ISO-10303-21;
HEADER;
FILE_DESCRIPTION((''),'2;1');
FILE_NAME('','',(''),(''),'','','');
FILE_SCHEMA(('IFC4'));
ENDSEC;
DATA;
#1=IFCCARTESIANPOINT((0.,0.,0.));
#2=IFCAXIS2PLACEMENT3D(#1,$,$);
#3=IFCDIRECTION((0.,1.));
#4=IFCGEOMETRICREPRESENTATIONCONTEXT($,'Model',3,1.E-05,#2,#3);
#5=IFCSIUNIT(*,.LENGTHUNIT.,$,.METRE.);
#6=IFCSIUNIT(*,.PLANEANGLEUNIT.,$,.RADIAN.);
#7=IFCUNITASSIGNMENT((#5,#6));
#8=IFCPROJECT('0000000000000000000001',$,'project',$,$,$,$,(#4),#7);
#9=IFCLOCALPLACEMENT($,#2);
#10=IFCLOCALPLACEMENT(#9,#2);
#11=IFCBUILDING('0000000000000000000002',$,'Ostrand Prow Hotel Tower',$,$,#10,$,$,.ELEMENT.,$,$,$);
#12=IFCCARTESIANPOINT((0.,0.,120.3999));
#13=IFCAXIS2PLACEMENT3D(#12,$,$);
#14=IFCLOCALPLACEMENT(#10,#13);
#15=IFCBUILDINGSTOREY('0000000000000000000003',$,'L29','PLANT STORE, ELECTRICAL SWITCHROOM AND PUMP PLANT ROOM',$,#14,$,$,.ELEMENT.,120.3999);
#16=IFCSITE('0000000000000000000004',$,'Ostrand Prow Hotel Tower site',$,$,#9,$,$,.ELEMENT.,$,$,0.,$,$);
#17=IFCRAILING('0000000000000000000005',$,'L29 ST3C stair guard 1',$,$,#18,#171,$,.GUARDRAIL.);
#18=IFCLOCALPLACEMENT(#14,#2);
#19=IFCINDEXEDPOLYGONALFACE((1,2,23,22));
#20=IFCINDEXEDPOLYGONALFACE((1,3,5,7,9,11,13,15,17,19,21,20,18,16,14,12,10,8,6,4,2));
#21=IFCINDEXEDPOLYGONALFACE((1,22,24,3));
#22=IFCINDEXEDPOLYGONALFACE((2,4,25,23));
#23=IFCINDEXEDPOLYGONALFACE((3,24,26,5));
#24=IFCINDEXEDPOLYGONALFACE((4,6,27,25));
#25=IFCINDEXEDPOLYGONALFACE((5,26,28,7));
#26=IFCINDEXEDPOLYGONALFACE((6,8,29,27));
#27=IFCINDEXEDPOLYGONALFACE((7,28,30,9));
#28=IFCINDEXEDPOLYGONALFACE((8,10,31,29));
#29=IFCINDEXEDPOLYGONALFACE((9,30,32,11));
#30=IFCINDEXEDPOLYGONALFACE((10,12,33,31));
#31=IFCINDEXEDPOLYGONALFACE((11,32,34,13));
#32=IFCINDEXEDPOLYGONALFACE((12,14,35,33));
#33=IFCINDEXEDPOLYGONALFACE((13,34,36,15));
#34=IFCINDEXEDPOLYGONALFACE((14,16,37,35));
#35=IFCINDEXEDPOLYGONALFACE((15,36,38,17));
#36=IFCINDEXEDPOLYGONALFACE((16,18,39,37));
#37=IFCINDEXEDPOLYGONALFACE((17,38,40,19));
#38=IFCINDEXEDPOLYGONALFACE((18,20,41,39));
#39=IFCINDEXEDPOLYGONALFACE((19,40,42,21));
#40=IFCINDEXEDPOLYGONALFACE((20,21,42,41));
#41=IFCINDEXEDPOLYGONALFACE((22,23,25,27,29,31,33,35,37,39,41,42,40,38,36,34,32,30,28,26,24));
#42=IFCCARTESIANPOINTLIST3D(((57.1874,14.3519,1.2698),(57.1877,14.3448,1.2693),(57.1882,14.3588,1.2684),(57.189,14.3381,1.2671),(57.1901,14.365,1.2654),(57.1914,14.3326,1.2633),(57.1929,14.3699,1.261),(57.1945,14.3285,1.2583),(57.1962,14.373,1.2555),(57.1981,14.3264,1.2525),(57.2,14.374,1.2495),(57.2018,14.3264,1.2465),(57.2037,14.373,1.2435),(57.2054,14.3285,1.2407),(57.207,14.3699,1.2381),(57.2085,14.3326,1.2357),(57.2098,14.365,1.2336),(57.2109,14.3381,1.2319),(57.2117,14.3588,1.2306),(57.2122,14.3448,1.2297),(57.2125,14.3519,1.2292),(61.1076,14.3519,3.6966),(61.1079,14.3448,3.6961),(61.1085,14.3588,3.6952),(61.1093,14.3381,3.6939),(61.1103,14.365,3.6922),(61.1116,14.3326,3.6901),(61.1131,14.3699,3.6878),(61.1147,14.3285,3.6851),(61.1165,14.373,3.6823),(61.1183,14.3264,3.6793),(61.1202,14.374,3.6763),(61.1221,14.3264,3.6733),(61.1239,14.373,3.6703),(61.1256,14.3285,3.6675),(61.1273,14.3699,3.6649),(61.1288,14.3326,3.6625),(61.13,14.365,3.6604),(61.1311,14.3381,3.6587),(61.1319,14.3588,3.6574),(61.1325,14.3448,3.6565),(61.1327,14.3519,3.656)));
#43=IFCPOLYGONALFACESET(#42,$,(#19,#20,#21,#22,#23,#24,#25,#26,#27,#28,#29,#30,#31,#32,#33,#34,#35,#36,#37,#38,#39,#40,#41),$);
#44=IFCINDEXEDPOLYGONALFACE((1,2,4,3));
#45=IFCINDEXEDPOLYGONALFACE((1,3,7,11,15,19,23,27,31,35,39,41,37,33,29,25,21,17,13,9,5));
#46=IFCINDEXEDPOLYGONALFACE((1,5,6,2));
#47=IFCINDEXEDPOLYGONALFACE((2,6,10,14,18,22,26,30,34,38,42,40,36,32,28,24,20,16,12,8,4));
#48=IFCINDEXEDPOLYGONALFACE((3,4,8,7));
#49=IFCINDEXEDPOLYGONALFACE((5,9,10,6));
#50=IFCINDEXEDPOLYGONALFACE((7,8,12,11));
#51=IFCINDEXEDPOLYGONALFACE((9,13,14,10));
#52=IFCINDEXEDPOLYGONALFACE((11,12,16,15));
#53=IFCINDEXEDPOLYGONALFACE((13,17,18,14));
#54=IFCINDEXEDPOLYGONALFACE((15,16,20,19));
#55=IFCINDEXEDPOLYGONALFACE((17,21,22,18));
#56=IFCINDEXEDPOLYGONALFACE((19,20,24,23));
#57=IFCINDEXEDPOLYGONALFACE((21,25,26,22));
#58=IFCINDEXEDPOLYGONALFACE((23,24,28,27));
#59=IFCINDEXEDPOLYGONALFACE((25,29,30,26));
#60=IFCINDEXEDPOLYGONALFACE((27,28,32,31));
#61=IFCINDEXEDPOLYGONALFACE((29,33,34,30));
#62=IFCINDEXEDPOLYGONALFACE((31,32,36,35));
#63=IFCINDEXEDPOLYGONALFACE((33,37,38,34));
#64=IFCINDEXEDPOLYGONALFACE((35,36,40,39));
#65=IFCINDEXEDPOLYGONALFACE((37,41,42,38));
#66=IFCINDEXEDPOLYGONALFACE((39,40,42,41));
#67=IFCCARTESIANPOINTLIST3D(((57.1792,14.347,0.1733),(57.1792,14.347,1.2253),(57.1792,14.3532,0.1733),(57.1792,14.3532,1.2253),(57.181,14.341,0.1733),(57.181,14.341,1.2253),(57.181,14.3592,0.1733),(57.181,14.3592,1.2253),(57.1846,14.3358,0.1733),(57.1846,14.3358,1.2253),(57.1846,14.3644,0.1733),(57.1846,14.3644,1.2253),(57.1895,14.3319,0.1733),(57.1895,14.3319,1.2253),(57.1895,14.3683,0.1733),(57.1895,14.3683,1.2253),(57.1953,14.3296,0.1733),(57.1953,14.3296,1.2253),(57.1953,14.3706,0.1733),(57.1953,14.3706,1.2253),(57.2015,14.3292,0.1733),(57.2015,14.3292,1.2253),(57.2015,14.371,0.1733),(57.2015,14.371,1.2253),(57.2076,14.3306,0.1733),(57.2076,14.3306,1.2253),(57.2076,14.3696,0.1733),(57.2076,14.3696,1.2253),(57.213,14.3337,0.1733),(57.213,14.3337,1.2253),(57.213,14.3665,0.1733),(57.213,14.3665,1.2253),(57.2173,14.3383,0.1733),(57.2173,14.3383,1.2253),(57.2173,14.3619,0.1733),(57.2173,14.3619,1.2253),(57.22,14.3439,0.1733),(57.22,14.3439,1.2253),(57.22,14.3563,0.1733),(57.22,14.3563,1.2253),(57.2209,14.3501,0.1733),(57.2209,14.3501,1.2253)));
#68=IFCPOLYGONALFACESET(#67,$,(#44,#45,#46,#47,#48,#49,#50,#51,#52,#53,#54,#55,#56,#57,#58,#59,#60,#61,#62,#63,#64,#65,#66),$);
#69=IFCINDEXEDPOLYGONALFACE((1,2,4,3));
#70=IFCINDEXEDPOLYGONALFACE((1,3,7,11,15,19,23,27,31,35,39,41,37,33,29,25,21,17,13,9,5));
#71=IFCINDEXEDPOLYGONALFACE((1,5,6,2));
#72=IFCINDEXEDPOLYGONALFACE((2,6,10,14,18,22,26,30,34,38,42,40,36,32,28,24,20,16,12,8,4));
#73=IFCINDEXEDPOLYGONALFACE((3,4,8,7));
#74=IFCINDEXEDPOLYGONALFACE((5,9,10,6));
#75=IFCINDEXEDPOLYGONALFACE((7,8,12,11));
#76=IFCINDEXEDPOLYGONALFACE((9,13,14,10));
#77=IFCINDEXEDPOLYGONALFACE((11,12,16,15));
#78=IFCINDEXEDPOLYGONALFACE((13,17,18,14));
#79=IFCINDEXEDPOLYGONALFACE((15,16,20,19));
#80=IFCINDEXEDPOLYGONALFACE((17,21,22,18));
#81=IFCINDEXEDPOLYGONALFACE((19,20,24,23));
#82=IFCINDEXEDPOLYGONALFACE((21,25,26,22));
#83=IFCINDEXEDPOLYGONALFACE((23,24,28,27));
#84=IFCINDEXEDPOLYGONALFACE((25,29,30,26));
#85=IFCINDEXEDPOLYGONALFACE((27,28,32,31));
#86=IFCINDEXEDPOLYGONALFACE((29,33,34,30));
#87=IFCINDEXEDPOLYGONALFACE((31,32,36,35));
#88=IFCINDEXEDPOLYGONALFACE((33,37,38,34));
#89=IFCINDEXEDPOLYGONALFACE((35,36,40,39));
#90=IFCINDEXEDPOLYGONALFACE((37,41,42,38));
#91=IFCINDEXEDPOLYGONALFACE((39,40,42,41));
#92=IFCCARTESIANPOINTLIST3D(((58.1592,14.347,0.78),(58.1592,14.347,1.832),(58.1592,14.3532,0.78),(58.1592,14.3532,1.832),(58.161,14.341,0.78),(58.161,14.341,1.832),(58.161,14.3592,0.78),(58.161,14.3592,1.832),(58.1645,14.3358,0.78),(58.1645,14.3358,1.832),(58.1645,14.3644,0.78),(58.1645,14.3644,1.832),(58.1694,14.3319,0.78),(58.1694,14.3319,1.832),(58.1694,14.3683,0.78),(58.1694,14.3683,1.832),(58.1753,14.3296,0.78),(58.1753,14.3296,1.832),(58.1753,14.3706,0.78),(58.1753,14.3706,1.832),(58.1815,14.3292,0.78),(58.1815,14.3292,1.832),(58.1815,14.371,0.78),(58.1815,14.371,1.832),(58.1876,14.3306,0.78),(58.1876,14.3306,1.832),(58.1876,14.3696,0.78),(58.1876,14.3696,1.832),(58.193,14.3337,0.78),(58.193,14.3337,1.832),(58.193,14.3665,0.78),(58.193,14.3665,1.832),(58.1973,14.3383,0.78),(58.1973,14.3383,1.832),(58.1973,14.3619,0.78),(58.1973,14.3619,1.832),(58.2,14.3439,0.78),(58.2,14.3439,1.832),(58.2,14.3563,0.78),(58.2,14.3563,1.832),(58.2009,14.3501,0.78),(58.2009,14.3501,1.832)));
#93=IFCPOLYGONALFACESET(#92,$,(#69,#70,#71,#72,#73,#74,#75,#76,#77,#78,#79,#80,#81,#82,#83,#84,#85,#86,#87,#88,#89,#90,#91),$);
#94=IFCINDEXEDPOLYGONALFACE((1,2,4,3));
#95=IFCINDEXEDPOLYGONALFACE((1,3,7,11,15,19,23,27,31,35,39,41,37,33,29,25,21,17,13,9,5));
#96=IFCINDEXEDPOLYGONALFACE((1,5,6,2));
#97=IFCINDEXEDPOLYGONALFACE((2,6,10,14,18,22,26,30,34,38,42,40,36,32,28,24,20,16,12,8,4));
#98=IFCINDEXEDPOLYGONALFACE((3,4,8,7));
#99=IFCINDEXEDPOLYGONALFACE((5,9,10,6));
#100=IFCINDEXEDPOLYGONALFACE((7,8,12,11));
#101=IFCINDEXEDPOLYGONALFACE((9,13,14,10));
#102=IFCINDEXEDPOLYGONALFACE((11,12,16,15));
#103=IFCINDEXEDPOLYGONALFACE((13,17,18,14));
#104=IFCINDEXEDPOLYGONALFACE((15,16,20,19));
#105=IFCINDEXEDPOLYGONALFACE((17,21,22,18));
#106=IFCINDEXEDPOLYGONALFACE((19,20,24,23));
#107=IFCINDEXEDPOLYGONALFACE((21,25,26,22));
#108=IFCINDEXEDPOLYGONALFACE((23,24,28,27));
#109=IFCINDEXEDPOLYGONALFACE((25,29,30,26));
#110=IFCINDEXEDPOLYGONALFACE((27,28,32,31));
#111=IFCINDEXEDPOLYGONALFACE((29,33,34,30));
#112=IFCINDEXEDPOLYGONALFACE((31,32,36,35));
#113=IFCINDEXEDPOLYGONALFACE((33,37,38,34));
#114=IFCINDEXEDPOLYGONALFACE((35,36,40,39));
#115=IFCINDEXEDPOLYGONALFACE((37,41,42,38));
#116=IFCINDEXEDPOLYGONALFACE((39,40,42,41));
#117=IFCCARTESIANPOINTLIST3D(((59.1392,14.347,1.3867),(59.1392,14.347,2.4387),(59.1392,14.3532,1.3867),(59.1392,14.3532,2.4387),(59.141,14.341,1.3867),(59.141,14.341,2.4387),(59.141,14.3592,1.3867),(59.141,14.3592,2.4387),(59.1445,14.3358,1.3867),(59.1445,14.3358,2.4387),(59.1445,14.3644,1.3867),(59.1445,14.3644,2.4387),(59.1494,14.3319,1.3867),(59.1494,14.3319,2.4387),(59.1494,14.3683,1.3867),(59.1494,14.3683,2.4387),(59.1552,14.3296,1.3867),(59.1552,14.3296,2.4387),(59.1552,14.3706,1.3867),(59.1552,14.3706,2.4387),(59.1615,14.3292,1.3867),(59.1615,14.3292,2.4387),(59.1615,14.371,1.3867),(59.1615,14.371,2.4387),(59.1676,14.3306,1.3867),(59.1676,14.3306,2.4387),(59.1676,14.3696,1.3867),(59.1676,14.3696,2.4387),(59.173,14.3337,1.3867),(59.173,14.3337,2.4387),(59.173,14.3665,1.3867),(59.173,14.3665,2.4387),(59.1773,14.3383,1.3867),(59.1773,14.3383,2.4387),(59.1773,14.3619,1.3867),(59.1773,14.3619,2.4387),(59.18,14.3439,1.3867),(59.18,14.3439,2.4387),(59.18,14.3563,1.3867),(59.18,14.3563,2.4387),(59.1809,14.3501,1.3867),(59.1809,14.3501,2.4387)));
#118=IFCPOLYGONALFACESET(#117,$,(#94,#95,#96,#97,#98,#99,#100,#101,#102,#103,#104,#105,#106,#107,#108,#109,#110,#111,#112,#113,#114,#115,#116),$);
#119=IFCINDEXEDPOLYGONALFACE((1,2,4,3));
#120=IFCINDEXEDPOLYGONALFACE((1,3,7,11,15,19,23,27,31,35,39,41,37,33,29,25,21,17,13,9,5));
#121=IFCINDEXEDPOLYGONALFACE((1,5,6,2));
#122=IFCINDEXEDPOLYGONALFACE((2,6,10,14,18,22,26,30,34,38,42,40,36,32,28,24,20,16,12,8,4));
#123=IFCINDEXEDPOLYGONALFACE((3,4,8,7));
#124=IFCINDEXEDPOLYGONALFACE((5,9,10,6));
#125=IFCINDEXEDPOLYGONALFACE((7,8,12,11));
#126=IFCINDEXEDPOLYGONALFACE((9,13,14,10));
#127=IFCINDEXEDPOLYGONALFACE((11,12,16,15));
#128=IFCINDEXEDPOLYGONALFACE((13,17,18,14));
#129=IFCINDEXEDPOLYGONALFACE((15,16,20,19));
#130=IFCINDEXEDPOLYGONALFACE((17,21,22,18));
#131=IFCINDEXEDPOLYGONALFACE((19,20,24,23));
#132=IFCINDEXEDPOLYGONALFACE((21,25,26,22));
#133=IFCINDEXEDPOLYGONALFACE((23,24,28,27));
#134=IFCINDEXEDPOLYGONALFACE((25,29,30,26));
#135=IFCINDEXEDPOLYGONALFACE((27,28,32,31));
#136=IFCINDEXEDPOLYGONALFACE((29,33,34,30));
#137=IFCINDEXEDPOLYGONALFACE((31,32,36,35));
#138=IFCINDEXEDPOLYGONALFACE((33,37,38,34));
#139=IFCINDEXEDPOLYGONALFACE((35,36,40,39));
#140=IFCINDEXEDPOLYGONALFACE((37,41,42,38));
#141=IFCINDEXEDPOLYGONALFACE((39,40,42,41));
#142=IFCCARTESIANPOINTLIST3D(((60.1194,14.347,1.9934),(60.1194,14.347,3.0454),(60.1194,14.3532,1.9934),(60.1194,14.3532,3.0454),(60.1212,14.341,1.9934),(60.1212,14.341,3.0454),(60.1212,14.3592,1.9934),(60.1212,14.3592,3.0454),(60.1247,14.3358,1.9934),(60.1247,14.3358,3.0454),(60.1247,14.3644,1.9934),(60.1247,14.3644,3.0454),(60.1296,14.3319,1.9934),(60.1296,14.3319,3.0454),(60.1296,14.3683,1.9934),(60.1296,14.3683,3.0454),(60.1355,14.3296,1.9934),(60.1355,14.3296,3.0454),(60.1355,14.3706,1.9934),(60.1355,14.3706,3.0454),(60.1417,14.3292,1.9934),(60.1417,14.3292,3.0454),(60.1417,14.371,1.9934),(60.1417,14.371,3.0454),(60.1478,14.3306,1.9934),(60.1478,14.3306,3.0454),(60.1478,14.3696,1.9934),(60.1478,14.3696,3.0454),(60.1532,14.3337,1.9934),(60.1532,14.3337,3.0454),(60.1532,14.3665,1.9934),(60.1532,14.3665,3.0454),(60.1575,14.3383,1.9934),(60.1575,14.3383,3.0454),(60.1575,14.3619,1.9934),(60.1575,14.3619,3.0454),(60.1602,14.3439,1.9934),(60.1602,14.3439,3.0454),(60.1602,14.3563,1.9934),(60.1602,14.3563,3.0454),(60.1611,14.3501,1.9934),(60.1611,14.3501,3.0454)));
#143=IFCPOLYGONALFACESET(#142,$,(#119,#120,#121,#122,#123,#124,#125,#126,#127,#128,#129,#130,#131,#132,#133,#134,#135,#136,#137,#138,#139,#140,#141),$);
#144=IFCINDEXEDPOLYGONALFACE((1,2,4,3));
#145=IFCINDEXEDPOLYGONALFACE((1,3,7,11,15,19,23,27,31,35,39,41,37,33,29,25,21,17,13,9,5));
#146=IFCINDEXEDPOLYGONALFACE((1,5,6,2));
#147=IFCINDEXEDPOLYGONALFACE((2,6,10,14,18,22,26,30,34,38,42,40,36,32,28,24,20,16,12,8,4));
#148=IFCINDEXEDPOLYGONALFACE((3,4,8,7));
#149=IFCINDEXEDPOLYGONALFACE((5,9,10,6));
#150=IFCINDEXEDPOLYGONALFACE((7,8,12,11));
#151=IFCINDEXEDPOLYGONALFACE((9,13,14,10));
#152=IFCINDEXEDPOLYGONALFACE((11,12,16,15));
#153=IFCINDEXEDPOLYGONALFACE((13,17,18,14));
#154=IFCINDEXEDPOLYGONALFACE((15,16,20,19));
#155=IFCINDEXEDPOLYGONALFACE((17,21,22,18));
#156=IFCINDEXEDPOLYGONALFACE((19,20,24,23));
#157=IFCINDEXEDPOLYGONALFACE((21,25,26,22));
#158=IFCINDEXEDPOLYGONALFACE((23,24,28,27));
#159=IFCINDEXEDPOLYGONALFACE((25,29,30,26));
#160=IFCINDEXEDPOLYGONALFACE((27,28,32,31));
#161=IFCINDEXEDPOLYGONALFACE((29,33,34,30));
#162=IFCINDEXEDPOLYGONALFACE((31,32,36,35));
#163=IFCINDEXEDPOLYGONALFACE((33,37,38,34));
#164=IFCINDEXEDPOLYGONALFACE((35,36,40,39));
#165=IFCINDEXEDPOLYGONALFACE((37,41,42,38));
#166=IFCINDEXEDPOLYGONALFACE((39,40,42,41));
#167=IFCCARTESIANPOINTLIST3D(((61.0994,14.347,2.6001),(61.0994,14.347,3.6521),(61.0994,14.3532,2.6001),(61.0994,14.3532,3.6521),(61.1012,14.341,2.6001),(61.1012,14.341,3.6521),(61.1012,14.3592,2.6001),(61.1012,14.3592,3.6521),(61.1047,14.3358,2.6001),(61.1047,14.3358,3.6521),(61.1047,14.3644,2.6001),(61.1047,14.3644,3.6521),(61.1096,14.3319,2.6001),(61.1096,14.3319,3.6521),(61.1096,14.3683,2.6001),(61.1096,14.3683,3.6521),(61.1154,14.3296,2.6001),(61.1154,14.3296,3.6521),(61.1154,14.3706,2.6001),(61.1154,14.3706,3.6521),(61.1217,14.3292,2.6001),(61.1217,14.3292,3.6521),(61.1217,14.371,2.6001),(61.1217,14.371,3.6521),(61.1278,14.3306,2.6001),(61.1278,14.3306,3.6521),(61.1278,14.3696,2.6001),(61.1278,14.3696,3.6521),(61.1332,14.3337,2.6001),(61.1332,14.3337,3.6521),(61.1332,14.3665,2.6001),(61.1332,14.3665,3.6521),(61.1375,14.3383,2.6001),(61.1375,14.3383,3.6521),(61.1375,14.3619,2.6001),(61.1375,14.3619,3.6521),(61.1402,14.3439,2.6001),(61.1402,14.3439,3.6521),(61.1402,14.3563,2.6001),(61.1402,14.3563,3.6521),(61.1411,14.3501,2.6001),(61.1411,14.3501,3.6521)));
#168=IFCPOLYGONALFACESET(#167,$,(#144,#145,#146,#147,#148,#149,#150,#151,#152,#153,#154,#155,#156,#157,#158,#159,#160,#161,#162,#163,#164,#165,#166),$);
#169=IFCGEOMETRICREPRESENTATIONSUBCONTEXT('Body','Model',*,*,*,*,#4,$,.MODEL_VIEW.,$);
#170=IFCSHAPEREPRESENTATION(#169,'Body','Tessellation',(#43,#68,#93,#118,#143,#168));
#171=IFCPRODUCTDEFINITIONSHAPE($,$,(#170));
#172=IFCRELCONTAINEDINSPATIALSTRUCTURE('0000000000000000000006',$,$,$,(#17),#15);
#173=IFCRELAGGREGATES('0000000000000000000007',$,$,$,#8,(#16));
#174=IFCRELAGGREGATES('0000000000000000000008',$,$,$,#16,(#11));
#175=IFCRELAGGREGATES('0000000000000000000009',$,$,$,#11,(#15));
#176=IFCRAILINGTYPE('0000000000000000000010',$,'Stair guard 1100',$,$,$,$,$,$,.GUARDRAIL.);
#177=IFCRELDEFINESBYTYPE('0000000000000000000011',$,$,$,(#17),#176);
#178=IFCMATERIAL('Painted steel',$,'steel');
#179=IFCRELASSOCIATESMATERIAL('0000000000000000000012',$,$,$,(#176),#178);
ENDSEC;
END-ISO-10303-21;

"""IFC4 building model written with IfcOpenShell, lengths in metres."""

from ifc_helpers import new_model, si_unit, direction, frame, origin, origin_2d, place, context, subcontext, project, spatial, circle, extrude, material, type_object, element, save


model = new_model("IFC4")

# Units and contexts
model_context = context("Model", 3, precision=1e-05, world=origin(), true_north=direction((0.0, 1.0)))
body_context = subcontext(model_context, "Body", "Model", "MODEL_VIEW")
ifc_project = project(units=[si_unit("LENGTHUNIT", "METRE"), si_unit("PLANEANGLEUNIT", "RADIAN")], contexts=[model_context])

# Site, building, storey
site_placement = place(None, origin())
site = spatial("IfcSite", under=ifc_project, at=site_placement, Name="Ostrand Prow Hotel Tower site", CompositionType="ELEMENT", RefElevation=0.0)
building_placement = place(site_placement, origin())
building = spatial("IfcBuilding", under=site, at=building_placement, Name="Ostrand Prow Hotel Tower", CompositionType="ELEMENT")
storey_placement = place(building_placement, frame((0.0, 0.0, 120.3999)))
storey = spatial("IfcBuildingStorey", under=building, at=storey_placement, Name="L29", Description="PLANT STORE, ELECTRICAL SWITCHROOM AND PUMP PLANT ROOM", CompositionType="ELEMENT", Elevation=120.3999)

# Railing
ifc_material_1 = material(Name="Painted steel", Category="steel")
railing_type_1 = type_object("IfcRailingType", Name="Stair guard 1100", PredefinedType="GUARDRAIL", material=ifc_material_1)
railing_1_placement = place(storey_placement, frame((57.2, 14.3501, 0.1733)))
element("IfcRailing", 1, at=railing_1_placement, inside=storey, type_object=railing_type_1, Name="L29 ST3C stair guard 1", PredefinedType="GUARDRAIL", context=body_context, shape_type="SweptSolid", body=[
    extrude(circle(Radius=0.0239, at=origin_2d()), frame((0.0, 0.0, 1.0762), z_axis=(0.850266, 0.0, 0.526353), x_axis=(0.0, 1.0, 0.0)), (0.0, 0.0, 1.0), 4.6106),
    extrude(circle(Radius=0.021, at=origin_2d()), origin(), (0.0, 0.0, 1.0), 1.052),
    extrude(circle(Radius=0.021, at=origin_2d()), frame((0.98, 0.0, 0.6067)), (0.0, 0.0, 1.0), 1.052),
    extrude(circle(Radius=0.021, at=origin_2d()), frame((1.96, 0.0, 1.2134)), (0.0, 0.0, 1.0), 1.052),
    extrude(circle(Radius=0.021, at=origin_2d()), frame((2.9402, 0.0, 1.8201)), (0.0, 0.0, 1.0), 1.052),
    extrude(circle(Radius=0.021, at=origin_2d()), frame((3.9202, 0.0, 2.4268)), (0.0, 0.0, 1.0), 1.052),
])

save(model, "model.ifc")
